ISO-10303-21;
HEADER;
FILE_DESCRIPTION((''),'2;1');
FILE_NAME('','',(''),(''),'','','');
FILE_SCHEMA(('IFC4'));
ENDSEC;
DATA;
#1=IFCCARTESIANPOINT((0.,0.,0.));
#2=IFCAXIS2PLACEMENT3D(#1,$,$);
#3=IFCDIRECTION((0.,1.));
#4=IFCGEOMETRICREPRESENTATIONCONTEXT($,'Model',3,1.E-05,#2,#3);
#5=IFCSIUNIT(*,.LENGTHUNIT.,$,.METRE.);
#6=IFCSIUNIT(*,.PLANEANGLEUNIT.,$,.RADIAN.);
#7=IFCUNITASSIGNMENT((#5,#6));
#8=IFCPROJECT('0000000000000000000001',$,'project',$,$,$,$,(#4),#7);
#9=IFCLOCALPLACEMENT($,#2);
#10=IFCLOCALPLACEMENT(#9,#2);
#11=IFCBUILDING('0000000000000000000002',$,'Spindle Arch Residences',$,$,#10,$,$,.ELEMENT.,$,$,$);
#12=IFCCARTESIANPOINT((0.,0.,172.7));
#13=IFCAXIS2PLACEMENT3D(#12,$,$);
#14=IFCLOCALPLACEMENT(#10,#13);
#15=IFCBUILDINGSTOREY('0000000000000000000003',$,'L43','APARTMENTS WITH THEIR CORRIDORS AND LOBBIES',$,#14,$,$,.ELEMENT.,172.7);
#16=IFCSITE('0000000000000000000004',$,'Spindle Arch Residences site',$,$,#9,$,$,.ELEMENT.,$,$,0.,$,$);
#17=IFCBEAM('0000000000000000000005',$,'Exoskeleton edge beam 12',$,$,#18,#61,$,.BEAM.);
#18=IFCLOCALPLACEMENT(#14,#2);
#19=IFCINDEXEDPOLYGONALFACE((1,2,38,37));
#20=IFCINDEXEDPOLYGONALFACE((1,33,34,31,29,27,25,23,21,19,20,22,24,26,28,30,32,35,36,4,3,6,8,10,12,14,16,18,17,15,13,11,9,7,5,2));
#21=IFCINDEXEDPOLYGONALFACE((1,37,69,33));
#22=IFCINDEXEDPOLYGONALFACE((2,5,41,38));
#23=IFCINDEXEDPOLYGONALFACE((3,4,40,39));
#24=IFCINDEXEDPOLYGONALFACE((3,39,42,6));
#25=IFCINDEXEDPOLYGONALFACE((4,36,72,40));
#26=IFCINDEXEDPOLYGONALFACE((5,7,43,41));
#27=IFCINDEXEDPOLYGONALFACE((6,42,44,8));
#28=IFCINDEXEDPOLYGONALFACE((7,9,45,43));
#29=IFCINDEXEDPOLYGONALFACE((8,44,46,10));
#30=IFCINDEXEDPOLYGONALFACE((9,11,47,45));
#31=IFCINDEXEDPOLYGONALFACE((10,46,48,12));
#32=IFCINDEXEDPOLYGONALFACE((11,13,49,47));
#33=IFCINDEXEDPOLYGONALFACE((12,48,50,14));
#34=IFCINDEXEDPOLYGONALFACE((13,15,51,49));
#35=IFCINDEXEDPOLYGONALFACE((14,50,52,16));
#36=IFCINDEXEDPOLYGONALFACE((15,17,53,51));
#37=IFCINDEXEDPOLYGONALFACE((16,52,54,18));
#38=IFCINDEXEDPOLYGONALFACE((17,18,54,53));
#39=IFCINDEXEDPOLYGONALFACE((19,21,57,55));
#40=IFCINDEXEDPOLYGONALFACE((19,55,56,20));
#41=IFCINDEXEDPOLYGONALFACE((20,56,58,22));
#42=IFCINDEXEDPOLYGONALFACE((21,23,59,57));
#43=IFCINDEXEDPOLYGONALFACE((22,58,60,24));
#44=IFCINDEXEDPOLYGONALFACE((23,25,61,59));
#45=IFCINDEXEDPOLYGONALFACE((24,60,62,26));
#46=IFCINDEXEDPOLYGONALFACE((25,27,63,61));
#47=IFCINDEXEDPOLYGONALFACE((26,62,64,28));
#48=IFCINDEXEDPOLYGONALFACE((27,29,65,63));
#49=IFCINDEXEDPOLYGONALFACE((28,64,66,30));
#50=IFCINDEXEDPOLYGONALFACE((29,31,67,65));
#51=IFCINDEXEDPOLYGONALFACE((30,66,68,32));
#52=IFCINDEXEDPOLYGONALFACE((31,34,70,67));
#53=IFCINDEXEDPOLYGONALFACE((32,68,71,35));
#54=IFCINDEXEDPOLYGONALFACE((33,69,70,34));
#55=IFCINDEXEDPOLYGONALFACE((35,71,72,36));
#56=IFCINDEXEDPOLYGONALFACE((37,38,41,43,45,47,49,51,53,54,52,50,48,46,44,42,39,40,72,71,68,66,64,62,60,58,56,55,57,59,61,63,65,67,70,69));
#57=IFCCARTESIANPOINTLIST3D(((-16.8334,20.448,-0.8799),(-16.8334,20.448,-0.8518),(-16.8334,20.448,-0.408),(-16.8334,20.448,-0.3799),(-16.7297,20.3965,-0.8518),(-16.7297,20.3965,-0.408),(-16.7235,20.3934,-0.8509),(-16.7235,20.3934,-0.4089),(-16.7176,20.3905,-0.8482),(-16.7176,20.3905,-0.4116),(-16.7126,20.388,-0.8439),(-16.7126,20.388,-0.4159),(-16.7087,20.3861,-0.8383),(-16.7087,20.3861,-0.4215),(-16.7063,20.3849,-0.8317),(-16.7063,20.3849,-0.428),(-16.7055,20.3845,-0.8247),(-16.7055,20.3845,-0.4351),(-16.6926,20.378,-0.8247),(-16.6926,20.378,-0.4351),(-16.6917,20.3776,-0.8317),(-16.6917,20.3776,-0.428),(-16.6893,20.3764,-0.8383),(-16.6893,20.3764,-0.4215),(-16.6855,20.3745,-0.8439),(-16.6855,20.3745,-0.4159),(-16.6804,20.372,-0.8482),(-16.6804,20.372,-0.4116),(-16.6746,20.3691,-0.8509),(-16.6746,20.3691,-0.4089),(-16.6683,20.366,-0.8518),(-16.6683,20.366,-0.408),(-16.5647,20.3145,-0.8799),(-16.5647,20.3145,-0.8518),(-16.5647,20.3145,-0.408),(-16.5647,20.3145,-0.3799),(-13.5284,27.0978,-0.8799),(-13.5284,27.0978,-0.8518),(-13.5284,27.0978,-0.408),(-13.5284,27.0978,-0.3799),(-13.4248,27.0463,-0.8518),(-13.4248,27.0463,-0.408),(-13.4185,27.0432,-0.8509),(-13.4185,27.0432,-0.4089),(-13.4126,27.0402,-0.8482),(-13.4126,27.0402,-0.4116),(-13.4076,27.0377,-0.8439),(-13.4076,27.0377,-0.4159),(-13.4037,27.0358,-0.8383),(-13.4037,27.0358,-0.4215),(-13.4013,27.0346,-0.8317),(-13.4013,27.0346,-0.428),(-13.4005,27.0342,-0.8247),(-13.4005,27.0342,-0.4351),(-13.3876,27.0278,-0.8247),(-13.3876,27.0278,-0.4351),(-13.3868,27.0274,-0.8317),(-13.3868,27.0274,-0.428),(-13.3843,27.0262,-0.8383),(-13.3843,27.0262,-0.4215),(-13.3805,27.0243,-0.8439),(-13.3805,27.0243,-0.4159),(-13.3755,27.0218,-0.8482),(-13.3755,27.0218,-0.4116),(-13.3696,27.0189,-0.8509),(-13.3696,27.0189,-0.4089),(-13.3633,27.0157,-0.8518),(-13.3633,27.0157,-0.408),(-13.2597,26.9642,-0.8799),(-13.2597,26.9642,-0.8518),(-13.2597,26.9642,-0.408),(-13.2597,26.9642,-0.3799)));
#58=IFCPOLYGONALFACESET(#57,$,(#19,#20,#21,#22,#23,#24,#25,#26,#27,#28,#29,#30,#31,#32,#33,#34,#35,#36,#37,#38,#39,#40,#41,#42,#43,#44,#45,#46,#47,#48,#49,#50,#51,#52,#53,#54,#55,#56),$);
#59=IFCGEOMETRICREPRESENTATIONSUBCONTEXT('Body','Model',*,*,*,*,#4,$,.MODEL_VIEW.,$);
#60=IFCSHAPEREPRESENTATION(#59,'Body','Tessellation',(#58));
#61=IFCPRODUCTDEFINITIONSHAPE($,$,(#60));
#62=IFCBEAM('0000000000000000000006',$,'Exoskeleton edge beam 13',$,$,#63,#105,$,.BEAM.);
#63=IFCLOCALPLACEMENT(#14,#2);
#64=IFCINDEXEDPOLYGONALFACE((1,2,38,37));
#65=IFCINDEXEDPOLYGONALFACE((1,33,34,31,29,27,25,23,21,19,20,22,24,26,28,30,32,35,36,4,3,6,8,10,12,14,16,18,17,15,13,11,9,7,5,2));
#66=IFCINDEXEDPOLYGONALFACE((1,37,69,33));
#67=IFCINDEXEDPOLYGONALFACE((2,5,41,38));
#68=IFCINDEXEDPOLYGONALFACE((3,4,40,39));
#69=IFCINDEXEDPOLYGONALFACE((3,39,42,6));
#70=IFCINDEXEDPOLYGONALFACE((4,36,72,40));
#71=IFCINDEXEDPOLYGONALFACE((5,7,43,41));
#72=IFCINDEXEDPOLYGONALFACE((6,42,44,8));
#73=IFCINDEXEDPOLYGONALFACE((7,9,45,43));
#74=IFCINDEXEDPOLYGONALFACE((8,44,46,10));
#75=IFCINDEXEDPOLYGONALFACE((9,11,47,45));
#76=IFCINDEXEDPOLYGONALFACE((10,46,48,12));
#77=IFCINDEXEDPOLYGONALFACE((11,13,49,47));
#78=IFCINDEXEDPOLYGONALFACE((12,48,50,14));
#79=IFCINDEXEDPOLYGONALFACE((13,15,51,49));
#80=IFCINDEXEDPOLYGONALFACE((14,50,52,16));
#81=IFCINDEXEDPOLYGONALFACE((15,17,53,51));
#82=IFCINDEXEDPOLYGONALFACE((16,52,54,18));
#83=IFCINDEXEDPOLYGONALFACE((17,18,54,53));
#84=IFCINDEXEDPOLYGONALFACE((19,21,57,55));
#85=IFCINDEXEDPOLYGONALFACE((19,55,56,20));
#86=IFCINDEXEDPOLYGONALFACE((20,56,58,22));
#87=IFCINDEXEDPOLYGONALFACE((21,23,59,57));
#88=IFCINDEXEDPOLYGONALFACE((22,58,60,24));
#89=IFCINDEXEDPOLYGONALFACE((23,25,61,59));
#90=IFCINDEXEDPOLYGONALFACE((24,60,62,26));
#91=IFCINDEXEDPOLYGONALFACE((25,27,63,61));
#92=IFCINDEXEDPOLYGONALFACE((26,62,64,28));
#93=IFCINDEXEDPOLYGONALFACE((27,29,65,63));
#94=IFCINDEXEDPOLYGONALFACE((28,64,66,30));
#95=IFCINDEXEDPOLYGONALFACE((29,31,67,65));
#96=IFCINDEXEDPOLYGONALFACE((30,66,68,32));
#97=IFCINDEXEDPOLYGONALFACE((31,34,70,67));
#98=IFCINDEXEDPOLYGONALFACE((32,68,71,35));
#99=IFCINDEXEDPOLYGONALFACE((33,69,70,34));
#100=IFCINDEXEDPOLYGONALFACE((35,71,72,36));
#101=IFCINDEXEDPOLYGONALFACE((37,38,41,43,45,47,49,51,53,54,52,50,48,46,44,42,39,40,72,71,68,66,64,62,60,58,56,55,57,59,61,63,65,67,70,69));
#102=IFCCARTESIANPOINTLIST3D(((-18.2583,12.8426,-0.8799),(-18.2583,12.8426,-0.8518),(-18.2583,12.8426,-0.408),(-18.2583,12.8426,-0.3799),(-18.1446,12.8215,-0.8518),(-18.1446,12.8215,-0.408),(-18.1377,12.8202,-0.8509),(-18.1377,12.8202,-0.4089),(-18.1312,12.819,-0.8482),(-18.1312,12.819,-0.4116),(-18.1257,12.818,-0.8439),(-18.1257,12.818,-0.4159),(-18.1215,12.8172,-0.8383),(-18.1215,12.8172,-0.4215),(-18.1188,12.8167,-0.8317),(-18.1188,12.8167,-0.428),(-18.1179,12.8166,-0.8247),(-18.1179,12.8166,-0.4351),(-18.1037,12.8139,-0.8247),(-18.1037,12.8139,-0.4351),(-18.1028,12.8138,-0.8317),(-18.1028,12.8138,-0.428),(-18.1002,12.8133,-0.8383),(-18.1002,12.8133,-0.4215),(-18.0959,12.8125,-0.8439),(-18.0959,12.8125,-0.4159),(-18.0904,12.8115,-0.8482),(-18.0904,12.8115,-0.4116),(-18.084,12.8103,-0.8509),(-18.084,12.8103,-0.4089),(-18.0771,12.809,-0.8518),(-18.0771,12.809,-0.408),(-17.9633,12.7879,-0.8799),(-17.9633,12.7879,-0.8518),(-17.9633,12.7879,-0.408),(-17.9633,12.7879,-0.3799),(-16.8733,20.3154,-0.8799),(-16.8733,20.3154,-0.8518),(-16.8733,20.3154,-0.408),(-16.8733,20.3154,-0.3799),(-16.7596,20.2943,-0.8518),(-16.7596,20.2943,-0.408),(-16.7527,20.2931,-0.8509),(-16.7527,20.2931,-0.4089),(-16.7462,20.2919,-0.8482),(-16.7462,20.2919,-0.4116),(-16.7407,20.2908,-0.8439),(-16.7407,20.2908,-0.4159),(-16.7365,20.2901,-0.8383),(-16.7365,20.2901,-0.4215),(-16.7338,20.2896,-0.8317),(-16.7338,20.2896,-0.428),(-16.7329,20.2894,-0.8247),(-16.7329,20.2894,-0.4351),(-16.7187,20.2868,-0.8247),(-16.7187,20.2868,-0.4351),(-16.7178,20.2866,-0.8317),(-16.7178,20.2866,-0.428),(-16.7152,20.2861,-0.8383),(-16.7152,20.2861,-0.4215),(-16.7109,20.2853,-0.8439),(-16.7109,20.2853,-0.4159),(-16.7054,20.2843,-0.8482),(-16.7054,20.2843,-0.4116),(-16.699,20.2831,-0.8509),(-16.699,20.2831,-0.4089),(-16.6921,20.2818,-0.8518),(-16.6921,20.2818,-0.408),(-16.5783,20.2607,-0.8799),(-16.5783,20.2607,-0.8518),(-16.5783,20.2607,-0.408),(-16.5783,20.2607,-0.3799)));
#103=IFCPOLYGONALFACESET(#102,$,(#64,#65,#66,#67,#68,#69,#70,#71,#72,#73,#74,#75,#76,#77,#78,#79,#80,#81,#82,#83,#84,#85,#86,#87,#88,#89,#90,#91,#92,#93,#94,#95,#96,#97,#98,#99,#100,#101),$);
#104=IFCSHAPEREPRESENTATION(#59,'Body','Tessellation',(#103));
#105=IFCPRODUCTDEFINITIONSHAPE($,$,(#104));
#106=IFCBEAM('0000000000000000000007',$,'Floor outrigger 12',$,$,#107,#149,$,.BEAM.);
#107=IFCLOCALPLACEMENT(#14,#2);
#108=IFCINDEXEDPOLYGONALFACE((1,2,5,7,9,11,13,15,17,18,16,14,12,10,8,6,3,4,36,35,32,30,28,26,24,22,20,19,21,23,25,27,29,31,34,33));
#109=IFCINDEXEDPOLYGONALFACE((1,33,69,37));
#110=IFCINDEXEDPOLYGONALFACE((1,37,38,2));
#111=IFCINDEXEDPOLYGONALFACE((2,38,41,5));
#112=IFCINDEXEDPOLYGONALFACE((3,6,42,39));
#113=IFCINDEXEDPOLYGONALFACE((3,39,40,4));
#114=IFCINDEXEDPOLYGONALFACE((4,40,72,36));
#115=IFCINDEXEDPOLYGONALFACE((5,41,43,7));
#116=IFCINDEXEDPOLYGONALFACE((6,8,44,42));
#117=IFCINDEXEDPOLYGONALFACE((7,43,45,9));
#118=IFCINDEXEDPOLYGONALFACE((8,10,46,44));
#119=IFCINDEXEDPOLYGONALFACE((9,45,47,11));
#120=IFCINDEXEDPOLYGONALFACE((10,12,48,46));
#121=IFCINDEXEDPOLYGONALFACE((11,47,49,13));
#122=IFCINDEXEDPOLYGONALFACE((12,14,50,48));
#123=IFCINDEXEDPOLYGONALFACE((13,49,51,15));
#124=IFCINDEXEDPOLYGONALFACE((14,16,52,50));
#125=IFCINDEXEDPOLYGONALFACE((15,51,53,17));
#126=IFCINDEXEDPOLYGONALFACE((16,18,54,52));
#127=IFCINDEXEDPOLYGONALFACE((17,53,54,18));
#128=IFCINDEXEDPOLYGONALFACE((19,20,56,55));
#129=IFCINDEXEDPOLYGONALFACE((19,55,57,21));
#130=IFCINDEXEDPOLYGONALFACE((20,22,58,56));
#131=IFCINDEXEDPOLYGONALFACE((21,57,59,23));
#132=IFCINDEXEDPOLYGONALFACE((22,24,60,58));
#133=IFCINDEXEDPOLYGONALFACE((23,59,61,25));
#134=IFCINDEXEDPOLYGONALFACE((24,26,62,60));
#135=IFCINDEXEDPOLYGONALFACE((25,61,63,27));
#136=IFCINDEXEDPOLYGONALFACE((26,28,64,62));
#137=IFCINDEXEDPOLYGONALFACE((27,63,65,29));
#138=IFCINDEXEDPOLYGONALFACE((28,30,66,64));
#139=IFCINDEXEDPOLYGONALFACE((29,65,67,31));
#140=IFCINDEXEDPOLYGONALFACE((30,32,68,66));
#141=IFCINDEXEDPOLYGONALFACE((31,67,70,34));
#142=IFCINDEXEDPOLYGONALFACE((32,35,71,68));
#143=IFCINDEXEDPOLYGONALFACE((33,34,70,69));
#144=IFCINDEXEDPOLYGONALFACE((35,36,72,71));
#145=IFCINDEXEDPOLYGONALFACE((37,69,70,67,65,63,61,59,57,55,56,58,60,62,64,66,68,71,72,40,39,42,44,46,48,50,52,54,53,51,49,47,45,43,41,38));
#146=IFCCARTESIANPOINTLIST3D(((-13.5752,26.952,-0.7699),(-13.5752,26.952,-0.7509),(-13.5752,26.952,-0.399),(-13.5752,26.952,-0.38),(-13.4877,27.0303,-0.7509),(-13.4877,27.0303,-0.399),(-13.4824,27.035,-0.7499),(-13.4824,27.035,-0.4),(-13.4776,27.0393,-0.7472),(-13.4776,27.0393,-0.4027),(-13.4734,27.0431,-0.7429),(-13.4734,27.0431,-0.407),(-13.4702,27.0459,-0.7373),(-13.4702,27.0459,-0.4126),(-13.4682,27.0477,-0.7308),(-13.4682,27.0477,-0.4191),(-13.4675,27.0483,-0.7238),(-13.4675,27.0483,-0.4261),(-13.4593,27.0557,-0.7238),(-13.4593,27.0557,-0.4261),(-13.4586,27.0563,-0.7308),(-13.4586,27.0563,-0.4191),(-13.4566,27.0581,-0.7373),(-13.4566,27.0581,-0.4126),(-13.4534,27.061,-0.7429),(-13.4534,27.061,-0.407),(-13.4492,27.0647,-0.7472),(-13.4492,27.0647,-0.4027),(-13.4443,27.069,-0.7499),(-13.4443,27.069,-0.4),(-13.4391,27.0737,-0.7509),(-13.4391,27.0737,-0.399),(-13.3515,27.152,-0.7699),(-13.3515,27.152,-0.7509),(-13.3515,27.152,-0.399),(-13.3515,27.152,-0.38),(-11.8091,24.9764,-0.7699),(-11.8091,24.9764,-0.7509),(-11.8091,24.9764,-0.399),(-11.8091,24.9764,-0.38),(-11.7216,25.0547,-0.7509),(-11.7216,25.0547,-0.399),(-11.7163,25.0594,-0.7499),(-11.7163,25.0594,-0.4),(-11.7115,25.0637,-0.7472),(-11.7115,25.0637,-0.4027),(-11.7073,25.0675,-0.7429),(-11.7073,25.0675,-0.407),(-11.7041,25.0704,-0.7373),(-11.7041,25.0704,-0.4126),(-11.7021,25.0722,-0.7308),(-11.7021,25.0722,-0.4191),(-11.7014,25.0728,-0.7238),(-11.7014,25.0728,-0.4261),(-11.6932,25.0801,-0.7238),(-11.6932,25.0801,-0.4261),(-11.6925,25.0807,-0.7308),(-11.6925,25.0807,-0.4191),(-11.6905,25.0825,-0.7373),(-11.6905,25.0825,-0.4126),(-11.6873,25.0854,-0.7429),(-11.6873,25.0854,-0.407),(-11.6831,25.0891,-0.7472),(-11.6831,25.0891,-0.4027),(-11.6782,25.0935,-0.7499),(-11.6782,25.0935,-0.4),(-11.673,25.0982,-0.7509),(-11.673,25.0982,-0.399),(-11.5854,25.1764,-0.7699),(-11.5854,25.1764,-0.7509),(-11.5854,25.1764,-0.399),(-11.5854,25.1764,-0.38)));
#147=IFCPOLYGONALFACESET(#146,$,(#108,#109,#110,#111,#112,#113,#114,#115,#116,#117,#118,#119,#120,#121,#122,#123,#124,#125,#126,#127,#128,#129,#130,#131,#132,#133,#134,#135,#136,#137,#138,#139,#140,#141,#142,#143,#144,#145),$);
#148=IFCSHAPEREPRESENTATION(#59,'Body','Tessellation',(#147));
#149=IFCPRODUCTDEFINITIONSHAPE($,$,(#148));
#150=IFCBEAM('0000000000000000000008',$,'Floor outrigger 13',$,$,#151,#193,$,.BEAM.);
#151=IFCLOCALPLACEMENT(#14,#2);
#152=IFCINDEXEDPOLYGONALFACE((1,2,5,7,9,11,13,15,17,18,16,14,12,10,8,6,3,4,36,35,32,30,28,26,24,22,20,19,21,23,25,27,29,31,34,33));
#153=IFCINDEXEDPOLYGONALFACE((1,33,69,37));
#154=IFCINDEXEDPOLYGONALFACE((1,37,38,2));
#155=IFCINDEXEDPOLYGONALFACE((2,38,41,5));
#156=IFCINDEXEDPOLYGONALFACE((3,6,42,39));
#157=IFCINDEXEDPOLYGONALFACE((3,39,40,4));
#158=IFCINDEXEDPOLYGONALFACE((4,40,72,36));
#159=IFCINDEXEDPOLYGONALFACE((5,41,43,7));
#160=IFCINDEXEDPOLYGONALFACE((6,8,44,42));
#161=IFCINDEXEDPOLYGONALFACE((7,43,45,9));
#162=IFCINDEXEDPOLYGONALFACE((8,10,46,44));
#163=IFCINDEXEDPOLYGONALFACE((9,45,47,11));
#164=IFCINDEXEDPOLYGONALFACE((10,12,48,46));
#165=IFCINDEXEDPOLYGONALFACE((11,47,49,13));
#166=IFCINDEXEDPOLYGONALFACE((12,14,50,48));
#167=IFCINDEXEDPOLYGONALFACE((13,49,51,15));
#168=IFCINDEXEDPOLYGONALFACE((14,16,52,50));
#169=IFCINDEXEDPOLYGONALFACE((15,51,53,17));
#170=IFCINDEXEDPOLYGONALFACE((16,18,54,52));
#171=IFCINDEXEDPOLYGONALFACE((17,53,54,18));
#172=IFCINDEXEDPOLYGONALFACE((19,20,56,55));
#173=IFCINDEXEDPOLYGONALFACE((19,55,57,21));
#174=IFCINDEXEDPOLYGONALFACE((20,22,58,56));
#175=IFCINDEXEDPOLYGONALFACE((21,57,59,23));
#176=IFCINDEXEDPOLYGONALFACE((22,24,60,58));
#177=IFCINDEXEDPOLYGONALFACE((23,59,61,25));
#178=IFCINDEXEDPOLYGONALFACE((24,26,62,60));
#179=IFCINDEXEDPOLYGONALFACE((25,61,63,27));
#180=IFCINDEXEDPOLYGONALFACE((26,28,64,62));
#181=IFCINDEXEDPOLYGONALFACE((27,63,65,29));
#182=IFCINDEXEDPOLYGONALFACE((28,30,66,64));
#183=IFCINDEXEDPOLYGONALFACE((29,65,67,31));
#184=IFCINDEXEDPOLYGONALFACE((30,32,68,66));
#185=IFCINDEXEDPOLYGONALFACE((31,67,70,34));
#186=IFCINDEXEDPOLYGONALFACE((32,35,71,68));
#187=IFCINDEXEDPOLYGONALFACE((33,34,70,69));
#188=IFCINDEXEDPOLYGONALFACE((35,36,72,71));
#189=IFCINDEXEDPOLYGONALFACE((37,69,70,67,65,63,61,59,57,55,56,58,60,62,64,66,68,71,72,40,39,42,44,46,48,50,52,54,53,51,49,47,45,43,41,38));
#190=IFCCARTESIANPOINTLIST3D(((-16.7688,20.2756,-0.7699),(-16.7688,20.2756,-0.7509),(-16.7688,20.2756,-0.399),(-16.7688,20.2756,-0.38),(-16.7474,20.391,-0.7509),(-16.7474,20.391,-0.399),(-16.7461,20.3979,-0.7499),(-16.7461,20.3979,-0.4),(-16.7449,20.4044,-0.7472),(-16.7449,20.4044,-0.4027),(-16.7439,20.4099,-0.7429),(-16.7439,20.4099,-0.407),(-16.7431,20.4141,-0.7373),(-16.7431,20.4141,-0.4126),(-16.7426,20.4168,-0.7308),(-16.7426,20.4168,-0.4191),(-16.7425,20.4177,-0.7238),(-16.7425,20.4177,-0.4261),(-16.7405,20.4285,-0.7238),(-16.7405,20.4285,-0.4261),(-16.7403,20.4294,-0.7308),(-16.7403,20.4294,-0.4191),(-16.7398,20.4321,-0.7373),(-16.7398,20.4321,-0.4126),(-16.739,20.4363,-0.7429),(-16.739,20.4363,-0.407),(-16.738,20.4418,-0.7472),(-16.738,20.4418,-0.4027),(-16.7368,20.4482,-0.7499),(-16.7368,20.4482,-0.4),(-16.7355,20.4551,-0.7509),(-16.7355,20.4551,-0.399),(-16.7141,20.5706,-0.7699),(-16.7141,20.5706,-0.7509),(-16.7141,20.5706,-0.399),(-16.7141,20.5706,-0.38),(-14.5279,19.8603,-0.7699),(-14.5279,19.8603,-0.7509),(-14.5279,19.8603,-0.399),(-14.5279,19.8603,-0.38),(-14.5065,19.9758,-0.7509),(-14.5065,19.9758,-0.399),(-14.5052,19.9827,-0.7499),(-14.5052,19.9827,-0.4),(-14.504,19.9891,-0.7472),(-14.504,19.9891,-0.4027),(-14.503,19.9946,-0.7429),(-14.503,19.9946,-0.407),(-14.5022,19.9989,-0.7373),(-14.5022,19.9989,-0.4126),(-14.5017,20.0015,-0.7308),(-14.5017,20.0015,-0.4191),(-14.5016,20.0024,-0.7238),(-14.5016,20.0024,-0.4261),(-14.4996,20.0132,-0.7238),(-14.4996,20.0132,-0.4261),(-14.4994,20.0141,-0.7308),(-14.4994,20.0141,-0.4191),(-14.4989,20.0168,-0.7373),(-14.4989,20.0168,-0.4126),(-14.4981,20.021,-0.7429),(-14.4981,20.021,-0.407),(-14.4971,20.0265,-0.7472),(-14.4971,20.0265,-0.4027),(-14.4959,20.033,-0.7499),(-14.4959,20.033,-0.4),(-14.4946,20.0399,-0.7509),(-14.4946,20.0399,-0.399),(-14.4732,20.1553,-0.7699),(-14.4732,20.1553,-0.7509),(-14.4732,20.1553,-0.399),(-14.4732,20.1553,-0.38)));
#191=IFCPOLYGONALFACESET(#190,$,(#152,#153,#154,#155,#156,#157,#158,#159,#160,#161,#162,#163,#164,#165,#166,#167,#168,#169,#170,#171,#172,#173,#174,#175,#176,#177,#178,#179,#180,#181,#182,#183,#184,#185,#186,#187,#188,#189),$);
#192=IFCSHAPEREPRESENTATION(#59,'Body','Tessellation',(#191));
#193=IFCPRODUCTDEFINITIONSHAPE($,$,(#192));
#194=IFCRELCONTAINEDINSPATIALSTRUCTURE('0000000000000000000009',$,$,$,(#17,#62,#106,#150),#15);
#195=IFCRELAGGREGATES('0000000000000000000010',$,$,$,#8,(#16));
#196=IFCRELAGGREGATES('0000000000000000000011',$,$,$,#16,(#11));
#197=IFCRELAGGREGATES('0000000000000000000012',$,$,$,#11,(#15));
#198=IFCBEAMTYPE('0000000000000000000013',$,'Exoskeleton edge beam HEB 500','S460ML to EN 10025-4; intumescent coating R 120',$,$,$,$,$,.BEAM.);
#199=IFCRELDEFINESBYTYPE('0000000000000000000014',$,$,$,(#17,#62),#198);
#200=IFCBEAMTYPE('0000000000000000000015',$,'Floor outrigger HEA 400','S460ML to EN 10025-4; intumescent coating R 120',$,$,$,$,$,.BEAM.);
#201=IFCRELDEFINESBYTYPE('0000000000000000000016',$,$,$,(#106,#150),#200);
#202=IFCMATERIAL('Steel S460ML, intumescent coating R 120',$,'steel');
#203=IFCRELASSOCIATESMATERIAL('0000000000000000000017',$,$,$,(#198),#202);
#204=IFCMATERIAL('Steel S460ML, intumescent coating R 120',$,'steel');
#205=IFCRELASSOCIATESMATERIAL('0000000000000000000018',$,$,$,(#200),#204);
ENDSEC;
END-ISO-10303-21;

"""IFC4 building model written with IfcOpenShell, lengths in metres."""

from ifc_helpers import new_model, si_unit, direction, frame, origin, origin_2d, place, context, subcontext, project, spatial, i_section, extrude, material, material_profile, profile_set, type_object, element, save


model = new_model("IFC4")

# Units and contexts
model_context = context("Model", 3, precision=1e-05, world=origin(), true_north=direction((0.0, 1.0)))
body_context = subcontext(model_context, "Body", "Model", "MODEL_VIEW")
ifc_project = project(units=[si_unit("LENGTHUNIT", "METRE"), si_unit("PLANEANGLEUNIT", "RADIAN")], contexts=[model_context])

# Site, building, storey
site_placement = place(None, origin())
site = spatial("IfcSite", under=ifc_project, at=site_placement, Name="Spindle Arch Residences site", CompositionType="ELEMENT", RefElevation=0.0)
building_placement = place(site_placement, origin())
building = spatial("IfcBuilding", under=site, at=building_placement, Name="Spindle Arch Residences", CompositionType="ELEMENT")
storey_placement = place(building_placement, frame((0.0, 0.0, 172.7)))
storey = spatial("IfcBuildingStorey", under=building, at=storey_placement, Name="L43", Description="APARTMENTS WITH THEIR CORRIDORS AND LOBBIES", CompositionType="ELEMENT", Elevation=172.7)

# Beams
ifc_material_1 = material(Name="Steel S460ML, intumescent coating R 120", Category="steel")
ifc_material_profile_1 = material_profile(ifc_material_1, i_section(OverallWidth=0.3, OverallDepth=0.5, WebThickness=0.0144, FlangeThickness=0.0281, FilletRadius=0.0271, at=origin_2d()), Name="HEB 500")
ifc_profile_set_1 = profile_set([ifc_material_profile_1], Name="Steel S460ML, intumescent coating R 120")
beam_type_1 = type_object("IfcBeamType", Name="Exoskeleton edge beam HEB 500", Description="S460ML to EN 10025-4; intumescent coating R 120", PredefinedType="BEAM", material=ifc_profile_set_1)
beam_1_placement = place(storey_placement, frame((-13.394, 27.031, -0.6299), z_axis=(-0.445069, -0.895496, 0.0), x_axis=(0.895496, -0.445069, 0.0)))
element("IfcBeam", 1, at=beam_1_placement, inside=storey, type_object=beam_type_1, Name="Exoskeleton edge beam 12", PredefinedType="BEAM", context=body_context, shape_type="SweptSolid", body=[
    extrude(i_section(OverallWidth=0.3, OverallDepth=0.5, WebThickness=0.0144, FlangeThickness=0.0281, FilletRadius=0.0271, at=origin_2d()), origin(), (0.0, 0.0, 1.0), 7.4258),
])
beam_2_placement = place(storey_placement, frame((-16.7258, 20.2881, -0.6299), z_axis=(-0.182234, -0.983255, 0.0), x_axis=(0.983255, -0.182234, 0.0)))
element("IfcBeam", 2, at=beam_2_placement, inside=storey, type_object=beam_type_1, Name="Exoskeleton edge beam 13", PredefinedType="BEAM", context=body_context, shape_type="SweptSolid", body=[
    extrude(i_section(OverallWidth=0.3, OverallDepth=0.5, WebThickness=0.0144, FlangeThickness=0.0281, FilletRadius=0.0271, at=origin_2d()), origin(), (0.0, 0.0, 1.0), 7.6001),
])
ifc_material_2 = material(Name="Steel S460ML, intumescent coating R 120", Category="steel")
ifc_material_profile_2 = material_profile(ifc_material_2, i_section(OverallWidth=0.3, OverallDepth=0.3899, WebThickness=0.011, FlangeThickness=0.019, FilletRadius=0.0271, at=origin_2d()), Name="HEA 400")
ifc_profile_set_2 = profile_set([ifc_material_profile_2], Name="Steel S460ML, intumescent coating R 120")
beam_type_2 = type_object("IfcBeamType", Name="Floor outrigger HEA 400", Description="S460ML to EN 10025-4; intumescent coating R 120", PredefinedType="BEAM", material=ifc_profile_set_2)
beam_3_placement = place(storey_placement, frame((-13.4634, 27.052, -0.575), z_axis=(0.666477, -0.745526, 0.0), x_axis=(0.745526, 0.666477, 0.0)))
element("IfcBeam", 3, at=beam_3_placement, inside=storey, type_object=beam_type_2, Name="Floor outrigger 12", PredefinedType="BEAM", context=body_context, shape_type="SweptSolid", body=[
    extrude(i_section(OverallWidth=0.3, OverallDepth=0.3899, WebThickness=0.011, FlangeThickness=0.019, FilletRadius=0.0271, at=origin_2d()), origin(), (0.0, 0.0, 1.0), 2.6499),
])
beam_4_placement = place(storey_placement, frame((-16.7415, 20.4231, -0.575), z_axis=(0.983259, -0.182212, 0.0), x_axis=(0.182212, 0.983259, 0.0)))
element("IfcBeam", 4, at=beam_4_placement, inside=storey, type_object=beam_type_2, Name="Floor outrigger 13", PredefinedType="BEAM", context=body_context, shape_type="SweptSolid", body=[
    extrude(i_section(OverallWidth=0.3, OverallDepth=0.3899, WebThickness=0.011, FlangeThickness=0.019, FilletRadius=0.0271, at=origin_2d()), origin(), (0.0, 0.0, 1.0), 2.2791),
])

save(model, "model.ifc")
